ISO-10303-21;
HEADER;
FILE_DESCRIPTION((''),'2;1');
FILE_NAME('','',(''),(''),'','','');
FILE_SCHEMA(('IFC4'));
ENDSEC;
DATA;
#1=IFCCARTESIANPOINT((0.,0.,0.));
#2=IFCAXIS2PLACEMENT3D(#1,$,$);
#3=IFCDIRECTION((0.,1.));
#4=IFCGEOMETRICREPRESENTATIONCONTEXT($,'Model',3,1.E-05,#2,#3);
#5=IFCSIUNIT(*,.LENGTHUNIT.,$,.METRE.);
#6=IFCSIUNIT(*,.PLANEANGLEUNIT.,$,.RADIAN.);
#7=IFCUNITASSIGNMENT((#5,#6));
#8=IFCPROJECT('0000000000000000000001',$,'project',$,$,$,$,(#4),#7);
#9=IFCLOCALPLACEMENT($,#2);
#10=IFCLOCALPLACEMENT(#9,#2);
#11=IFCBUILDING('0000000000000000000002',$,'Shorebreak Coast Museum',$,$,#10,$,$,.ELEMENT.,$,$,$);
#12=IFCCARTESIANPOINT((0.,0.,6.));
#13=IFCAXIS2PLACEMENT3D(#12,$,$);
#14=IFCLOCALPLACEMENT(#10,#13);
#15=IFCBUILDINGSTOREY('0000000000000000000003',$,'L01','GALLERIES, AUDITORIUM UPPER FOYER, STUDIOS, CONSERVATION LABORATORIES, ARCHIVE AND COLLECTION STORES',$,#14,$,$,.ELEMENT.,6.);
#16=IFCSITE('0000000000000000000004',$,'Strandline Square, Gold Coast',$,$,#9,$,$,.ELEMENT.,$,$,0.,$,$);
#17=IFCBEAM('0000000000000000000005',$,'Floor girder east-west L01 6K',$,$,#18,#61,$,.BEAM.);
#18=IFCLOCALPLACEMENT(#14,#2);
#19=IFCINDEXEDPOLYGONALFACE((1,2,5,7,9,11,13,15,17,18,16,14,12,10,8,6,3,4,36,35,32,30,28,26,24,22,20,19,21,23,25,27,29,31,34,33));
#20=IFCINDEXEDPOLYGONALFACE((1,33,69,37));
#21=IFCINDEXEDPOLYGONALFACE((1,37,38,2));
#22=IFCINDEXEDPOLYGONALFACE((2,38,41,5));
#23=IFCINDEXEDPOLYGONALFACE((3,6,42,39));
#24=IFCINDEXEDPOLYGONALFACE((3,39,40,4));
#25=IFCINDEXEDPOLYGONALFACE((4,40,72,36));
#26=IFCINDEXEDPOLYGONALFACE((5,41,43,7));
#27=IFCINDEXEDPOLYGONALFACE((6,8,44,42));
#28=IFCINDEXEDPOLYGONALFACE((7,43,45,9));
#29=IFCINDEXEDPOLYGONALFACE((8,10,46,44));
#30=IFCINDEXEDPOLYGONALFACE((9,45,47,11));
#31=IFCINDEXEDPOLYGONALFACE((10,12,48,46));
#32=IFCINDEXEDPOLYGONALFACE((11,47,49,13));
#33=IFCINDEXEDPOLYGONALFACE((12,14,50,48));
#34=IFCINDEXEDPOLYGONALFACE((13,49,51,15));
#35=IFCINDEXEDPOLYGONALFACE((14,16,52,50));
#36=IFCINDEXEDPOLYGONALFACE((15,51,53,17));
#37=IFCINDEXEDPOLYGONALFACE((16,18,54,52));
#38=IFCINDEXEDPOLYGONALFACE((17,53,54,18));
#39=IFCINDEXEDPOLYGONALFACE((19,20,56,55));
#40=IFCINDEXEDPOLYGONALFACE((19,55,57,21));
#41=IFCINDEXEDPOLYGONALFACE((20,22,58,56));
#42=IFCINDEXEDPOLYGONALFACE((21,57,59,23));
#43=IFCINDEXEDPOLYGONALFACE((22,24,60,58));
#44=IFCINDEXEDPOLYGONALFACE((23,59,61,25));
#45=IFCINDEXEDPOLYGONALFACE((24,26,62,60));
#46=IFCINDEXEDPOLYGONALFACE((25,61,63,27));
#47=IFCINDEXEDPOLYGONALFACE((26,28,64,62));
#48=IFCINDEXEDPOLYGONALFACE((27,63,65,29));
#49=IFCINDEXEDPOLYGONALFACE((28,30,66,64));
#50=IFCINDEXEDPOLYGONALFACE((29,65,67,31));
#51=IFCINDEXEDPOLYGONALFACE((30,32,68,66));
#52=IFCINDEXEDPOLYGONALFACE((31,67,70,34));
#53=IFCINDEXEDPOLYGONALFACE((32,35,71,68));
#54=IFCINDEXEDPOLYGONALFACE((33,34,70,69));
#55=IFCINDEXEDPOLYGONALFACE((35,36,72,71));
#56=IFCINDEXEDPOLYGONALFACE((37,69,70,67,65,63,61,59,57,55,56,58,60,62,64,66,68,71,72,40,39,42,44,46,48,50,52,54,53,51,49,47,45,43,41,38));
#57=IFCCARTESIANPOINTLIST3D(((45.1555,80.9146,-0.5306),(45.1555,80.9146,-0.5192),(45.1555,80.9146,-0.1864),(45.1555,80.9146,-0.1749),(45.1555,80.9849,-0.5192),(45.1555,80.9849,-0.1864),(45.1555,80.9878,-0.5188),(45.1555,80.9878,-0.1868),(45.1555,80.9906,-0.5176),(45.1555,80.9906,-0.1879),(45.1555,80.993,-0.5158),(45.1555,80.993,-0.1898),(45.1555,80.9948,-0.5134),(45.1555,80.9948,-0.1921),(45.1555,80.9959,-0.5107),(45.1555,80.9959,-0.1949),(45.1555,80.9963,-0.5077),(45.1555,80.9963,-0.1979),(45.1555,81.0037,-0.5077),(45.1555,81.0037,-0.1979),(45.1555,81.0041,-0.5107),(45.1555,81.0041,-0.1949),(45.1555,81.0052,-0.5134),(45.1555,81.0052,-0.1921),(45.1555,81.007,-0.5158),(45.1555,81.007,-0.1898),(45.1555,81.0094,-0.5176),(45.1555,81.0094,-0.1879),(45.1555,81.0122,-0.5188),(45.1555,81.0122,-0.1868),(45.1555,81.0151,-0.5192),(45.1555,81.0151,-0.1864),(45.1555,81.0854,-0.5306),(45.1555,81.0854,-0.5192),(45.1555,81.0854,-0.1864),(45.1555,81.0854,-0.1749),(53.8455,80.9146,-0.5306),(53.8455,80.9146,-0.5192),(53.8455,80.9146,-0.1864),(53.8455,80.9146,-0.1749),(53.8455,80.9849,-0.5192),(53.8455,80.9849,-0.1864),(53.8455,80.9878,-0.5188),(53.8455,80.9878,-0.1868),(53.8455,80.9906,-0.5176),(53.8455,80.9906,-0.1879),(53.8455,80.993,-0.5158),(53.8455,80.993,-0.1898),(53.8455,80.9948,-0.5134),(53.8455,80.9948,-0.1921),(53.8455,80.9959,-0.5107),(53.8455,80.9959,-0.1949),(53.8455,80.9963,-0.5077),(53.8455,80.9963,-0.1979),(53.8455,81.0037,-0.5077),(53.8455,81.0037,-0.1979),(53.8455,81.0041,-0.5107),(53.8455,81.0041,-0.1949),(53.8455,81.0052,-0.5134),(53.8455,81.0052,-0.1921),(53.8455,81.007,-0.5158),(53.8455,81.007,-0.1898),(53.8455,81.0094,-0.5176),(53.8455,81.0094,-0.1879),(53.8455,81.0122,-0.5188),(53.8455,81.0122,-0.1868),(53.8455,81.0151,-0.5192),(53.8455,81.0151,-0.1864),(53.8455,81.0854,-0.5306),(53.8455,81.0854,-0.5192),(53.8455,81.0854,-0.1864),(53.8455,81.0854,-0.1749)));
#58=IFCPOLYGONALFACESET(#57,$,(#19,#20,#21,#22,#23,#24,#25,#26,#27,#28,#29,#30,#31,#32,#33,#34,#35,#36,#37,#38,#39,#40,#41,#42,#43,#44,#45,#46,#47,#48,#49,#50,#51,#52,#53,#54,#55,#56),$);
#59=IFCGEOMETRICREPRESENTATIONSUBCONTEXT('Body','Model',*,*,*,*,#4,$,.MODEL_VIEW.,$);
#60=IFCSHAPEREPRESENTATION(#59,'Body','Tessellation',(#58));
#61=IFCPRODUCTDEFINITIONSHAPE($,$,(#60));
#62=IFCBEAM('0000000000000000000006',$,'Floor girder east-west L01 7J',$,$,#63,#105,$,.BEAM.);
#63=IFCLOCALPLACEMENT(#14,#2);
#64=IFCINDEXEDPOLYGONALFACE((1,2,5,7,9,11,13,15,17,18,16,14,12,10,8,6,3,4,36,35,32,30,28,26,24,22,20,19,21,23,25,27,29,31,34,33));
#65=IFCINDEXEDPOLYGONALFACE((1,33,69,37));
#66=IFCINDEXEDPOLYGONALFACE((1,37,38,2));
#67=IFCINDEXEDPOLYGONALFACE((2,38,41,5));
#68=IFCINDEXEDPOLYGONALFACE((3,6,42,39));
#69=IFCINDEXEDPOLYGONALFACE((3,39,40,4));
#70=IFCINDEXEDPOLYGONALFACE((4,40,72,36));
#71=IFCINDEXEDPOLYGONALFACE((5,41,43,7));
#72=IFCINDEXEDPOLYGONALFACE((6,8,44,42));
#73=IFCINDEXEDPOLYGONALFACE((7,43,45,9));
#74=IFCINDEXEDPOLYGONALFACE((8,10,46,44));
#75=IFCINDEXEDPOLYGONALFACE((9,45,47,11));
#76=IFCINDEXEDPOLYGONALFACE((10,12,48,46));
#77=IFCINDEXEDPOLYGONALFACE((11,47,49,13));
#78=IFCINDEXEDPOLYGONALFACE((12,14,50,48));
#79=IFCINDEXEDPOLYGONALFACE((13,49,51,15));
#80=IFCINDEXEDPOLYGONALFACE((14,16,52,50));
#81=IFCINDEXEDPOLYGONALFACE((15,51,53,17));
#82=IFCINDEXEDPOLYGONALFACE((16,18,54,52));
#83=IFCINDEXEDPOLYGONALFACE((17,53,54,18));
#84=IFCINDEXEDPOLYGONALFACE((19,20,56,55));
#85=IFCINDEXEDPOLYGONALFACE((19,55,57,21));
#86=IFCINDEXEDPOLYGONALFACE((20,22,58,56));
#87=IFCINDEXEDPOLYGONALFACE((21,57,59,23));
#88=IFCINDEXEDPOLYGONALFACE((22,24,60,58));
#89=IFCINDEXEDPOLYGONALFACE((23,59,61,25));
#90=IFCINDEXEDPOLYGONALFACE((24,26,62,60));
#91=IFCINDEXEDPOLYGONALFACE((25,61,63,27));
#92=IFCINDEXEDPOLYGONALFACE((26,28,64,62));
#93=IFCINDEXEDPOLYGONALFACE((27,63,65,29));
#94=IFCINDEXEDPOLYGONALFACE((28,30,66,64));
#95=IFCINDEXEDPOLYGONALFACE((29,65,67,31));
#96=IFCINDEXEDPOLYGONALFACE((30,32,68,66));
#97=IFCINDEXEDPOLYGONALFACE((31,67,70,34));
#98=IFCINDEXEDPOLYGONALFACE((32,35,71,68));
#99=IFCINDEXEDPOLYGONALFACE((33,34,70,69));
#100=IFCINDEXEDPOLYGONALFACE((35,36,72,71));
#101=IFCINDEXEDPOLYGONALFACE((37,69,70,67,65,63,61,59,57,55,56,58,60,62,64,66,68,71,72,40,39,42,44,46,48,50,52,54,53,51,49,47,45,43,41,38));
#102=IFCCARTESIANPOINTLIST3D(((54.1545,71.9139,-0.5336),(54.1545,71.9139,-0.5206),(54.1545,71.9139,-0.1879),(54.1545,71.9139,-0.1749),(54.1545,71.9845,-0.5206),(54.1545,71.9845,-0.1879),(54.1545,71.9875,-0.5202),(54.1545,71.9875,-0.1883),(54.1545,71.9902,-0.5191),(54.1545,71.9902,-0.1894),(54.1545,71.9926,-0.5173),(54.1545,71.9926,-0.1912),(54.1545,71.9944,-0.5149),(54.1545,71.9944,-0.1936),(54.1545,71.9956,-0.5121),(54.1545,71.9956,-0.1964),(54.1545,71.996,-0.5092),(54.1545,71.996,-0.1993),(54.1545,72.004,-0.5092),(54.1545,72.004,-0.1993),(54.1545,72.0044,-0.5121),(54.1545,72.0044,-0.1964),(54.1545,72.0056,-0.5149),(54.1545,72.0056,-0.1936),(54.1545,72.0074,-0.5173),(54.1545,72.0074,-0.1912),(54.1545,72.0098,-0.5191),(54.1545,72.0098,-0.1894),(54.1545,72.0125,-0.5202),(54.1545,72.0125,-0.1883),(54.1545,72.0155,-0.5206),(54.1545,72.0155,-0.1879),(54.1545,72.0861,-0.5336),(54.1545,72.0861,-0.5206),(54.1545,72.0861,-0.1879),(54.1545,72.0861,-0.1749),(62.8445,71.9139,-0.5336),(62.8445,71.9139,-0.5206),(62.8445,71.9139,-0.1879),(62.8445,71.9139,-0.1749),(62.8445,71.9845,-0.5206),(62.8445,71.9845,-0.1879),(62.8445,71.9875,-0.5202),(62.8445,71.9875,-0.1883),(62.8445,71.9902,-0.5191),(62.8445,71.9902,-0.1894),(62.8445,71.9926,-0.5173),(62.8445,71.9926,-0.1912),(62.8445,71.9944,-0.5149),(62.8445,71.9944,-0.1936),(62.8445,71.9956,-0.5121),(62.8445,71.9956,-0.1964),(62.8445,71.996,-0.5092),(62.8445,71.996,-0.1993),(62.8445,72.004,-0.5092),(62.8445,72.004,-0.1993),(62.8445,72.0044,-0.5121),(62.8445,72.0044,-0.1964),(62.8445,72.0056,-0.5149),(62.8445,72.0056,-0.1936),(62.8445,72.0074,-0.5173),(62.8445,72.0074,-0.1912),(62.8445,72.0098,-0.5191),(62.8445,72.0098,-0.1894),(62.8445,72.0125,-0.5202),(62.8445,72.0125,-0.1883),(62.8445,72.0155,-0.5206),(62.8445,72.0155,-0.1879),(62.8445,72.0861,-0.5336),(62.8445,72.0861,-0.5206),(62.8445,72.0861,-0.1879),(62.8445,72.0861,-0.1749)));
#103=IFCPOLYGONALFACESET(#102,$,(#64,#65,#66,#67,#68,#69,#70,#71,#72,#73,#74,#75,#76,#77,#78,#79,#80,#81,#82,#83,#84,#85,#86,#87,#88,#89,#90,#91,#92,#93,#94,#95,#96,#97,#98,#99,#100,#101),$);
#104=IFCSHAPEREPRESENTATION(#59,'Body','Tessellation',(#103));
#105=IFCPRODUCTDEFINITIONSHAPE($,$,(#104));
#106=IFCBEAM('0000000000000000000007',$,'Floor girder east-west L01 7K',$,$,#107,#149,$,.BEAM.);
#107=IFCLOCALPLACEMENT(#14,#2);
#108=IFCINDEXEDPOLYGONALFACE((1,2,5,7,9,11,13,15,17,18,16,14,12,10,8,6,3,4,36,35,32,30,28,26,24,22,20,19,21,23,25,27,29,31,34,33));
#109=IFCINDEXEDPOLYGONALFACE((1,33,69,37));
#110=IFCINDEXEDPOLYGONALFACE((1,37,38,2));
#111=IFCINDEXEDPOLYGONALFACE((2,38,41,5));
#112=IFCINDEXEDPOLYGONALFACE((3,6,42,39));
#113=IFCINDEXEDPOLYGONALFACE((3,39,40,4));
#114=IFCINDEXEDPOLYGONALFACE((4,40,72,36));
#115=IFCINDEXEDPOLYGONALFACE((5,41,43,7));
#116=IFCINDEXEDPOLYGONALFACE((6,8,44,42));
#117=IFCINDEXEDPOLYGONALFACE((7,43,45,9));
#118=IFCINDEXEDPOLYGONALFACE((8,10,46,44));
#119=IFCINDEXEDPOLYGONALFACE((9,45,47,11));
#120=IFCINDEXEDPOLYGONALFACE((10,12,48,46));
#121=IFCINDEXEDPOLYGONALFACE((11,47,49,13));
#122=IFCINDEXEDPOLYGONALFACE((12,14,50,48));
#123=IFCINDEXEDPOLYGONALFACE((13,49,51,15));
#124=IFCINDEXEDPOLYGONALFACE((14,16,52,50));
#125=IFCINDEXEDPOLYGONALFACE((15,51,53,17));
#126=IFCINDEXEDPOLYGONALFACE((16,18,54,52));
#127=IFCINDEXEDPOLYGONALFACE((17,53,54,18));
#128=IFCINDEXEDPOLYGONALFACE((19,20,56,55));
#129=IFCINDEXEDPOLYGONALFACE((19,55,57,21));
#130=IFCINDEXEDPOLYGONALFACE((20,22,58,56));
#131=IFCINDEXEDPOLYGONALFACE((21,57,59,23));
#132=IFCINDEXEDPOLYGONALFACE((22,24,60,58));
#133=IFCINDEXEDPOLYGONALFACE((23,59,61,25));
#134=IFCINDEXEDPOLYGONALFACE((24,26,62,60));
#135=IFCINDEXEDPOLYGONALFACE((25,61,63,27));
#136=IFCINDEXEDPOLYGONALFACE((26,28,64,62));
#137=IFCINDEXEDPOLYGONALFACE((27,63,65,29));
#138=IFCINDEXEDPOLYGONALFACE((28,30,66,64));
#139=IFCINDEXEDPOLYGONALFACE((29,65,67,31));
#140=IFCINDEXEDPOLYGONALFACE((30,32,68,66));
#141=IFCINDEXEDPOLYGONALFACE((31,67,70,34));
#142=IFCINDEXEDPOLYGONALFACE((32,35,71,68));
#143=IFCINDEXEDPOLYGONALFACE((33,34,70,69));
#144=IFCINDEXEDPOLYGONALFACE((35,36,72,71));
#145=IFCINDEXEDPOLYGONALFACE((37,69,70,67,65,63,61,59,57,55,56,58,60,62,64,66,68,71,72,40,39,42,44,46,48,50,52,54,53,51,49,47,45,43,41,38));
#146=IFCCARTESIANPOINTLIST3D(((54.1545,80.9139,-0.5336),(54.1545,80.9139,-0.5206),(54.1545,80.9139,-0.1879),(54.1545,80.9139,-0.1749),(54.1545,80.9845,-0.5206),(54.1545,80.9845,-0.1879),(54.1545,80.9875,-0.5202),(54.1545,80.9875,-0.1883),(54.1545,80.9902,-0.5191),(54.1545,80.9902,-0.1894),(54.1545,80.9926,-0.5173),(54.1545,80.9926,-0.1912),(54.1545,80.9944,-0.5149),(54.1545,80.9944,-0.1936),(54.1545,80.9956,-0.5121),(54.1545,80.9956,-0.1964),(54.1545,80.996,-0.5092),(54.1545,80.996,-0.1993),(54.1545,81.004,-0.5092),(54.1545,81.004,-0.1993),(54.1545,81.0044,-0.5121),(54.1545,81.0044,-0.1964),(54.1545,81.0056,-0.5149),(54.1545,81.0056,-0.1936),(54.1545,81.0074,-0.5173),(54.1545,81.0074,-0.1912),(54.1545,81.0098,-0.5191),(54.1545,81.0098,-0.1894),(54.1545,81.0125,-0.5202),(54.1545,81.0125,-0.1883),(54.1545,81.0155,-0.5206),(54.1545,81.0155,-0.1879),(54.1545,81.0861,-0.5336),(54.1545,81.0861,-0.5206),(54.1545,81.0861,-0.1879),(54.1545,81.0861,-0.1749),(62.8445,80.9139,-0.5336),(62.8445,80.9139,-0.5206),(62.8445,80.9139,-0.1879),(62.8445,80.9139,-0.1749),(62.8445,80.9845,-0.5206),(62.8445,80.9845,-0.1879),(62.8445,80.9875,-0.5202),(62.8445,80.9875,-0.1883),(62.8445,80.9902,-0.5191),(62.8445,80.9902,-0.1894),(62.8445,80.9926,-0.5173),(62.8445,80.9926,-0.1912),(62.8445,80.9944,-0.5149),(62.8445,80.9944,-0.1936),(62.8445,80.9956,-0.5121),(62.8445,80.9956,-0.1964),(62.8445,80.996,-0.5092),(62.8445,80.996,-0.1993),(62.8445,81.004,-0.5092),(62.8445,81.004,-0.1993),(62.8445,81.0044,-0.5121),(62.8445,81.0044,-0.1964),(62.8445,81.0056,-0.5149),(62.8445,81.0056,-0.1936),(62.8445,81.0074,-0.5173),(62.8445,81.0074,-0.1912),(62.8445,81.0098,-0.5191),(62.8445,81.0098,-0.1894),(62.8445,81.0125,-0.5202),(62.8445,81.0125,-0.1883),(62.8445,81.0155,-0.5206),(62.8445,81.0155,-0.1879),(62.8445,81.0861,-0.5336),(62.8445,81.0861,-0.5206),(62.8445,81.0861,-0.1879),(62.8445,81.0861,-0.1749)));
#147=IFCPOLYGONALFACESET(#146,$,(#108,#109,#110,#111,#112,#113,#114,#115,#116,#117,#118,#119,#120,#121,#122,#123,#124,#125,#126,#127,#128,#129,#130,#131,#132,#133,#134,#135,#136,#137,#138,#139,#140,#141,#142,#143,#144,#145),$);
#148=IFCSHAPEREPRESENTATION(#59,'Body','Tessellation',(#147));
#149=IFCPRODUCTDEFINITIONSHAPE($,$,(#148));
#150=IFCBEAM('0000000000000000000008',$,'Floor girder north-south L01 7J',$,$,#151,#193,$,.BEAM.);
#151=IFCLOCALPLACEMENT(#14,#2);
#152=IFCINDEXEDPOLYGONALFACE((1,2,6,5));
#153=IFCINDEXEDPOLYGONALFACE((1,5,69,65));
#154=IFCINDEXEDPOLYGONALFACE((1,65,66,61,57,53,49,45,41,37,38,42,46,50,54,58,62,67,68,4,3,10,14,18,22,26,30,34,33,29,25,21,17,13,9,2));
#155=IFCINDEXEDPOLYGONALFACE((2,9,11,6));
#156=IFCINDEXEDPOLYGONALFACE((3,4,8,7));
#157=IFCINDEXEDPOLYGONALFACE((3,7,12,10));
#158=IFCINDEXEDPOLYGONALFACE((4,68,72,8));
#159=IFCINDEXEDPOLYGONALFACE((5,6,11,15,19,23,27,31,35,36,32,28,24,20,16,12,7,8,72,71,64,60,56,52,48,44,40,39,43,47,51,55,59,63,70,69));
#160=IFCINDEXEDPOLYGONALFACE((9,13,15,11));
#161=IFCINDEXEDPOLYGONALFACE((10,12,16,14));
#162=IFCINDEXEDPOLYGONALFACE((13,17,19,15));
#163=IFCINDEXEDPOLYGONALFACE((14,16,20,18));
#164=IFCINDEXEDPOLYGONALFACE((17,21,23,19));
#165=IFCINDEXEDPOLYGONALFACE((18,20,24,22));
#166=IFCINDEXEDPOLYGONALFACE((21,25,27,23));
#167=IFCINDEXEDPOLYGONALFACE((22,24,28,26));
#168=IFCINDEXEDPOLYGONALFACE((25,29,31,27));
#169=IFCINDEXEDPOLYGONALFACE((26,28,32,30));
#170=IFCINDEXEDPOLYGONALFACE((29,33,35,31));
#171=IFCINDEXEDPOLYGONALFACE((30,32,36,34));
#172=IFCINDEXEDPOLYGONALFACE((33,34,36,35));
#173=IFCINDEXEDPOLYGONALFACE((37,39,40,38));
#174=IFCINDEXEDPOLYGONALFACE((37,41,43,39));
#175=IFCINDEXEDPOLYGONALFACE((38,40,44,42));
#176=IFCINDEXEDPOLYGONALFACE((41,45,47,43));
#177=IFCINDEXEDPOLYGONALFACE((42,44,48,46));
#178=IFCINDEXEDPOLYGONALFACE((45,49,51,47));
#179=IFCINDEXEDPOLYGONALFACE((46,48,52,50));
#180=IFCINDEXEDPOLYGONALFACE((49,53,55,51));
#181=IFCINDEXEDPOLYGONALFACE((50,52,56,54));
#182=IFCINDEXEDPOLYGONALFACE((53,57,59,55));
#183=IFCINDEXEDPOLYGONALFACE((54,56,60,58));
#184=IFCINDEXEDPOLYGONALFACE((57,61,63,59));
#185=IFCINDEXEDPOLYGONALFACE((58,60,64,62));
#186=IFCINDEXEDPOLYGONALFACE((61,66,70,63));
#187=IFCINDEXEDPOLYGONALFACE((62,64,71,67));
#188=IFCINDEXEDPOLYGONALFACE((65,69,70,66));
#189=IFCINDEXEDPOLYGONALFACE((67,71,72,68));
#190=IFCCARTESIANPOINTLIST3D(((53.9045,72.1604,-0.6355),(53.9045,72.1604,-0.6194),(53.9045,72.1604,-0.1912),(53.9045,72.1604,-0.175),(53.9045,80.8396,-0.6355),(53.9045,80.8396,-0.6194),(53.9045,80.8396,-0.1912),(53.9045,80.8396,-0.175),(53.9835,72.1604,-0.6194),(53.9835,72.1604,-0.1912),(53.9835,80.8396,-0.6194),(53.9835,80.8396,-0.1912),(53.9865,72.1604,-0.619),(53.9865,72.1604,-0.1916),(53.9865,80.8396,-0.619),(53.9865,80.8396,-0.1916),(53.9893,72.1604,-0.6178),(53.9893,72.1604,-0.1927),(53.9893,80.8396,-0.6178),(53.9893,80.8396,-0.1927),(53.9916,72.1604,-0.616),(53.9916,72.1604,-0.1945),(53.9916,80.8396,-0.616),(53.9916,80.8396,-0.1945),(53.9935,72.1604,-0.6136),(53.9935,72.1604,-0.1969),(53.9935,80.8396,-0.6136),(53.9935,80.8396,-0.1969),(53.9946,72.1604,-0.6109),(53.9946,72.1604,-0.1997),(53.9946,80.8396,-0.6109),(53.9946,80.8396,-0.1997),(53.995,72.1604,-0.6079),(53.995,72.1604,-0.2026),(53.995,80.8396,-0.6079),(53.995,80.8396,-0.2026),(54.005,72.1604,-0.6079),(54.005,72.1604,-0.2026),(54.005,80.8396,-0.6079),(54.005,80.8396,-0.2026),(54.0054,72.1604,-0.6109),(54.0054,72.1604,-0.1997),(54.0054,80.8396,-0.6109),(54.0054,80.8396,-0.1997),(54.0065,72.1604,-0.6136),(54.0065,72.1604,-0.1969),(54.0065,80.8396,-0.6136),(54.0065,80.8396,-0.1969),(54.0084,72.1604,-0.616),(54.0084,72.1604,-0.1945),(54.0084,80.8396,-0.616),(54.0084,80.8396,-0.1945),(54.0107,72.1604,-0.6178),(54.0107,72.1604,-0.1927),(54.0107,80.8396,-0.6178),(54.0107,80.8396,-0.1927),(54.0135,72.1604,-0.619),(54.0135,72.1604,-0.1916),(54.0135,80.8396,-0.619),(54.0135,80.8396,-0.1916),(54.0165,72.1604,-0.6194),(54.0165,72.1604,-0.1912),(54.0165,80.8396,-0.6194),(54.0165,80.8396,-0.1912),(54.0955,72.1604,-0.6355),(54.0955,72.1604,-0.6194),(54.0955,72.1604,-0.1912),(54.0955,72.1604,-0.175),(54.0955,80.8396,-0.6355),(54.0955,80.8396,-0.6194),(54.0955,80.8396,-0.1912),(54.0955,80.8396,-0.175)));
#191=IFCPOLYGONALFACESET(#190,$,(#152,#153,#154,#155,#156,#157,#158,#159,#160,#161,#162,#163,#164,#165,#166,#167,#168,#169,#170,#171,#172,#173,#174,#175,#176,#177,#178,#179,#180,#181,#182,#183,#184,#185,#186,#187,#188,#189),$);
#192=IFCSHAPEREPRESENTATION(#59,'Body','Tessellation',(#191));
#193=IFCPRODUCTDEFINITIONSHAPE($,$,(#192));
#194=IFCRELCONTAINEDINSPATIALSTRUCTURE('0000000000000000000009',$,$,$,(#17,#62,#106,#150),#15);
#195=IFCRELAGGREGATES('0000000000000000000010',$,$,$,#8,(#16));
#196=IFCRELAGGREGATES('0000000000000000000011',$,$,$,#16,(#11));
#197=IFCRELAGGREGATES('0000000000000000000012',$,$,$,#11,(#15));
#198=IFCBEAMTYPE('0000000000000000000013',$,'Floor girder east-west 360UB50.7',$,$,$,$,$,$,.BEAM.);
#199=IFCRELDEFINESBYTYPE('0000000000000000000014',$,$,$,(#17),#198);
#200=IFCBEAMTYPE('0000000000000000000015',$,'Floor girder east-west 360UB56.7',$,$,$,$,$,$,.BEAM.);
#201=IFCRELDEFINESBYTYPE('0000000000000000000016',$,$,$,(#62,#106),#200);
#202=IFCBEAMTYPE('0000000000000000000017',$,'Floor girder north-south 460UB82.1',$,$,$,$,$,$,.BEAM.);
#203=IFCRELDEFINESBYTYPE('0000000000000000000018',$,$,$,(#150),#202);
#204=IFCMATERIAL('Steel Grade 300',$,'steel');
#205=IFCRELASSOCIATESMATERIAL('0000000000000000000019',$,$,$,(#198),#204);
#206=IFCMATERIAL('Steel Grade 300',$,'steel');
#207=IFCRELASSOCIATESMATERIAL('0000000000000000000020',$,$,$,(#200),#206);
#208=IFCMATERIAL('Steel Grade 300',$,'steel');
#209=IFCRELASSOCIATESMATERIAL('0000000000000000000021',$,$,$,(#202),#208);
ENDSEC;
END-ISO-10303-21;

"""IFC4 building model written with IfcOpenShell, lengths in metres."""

from ifc_helpers import new_model, si_unit, direction, frame, origin, origin_2d, place, context, subcontext, project, spatial, i_section, extrude, material, material_profile, profile_set, type_object, element, save


model = new_model("IFC4")

# Units and contexts
model_context = context("Model", 3, precision=1e-05, world=origin(), true_north=direction((0.0, 1.0)))
body_context = subcontext(model_context, "Body", "Model", "MODEL_VIEW")
ifc_project = project(units=[si_unit("LENGTHUNIT", "METRE"), si_unit("PLANEANGLEUNIT", "RADIAN")], contexts=[model_context])

# Site, building, storey
site_placement = place(None, origin())
site = spatial("IfcSite", under=ifc_project, at=site_placement, Name="Strandline Square, Gold Coast", CompositionType="ELEMENT", RefElevation=0.0)
building_placement = place(site_placement, origin())
building = spatial("IfcBuilding", under=site, at=building_placement, Name="Shorebreak Coast Museum", CompositionType="ELEMENT")
storey_placement = place(building_placement, frame((0.0, 0.0, 6.0)))
storey = spatial("IfcBuildingStorey", under=building, at=storey_placement, Name="L01", Description="GALLERIES, AUDITORIUM UPPER FOYER, STUDIOS, CONSERVATION LABORATORIES, ARCHIVE AND COLLECTION STORES", CompositionType="ELEMENT", Elevation=6.0)

# Beams
ifc_material_1 = material(Name="Steel Grade 300", Category="steel")
ifc_material_profile_1 = material_profile(ifc_material_1, i_section(OverallWidth=0.1709, OverallDepth=0.3557, WebThickness=0.0073, FlangeThickness=0.0115, FilletRadius=0.0115, at=origin_2d()), Name="360UB50.7")
ifc_profile_set_1 = profile_set([ifc_material_profile_1], Name="Steel Grade 300")
beam_type_1 = type_object("IfcBeamType", Name="Floor girder east-west 360UB50.7", PredefinedType="BEAM", material=ifc_profile_set_1)
for number, where, z_axis, x_axis, name in (
    (1, (45.1555, 81.0, -0.3528), (1.0, 0.0, 0.0), (0.0, 1.0, 0.0), "Floor girder east-west L01 6K"),
):
    element("IfcBeam", number, at=place(storey_placement, frame(where, z_axis=z_axis, x_axis=x_axis)), inside=storey, type_object=beam_type_1, Name=name, PredefinedType="BEAM", context=body_context, shape_type="SweptSolid", body=[
        extrude(i_section(OverallWidth=0.1709, OverallDepth=0.3557, WebThickness=0.0073, FlangeThickness=0.0115, FilletRadius=0.0115, at=origin_2d()), origin(), (0.0, 0.0, 1.0), 8.6899),
    ])
ifc_material_2 = material(Name="Steel Grade 300", Category="steel")
ifc_material_profile_2 = material_profile(ifc_material_2, i_section(OverallWidth=0.1721, OverallDepth=0.3586, WebThickness=0.0081, FlangeThickness=0.0129, FilletRadius=0.0115, at=origin_2d()), Name="360UB56.7")
ifc_profile_set_2 = profile_set([ifc_material_profile_2], Name="Steel Grade 300")
beam_type_2 = type_object("IfcBeamType", Name="Floor girder east-west 360UB56.7", PredefinedType="BEAM", material=ifc_profile_set_2)
for number, where, z_axis, x_axis, name in (
    (2, (54.1545, 72.0, -0.3542), (1.0, 0.0, 0.0), (0.0, 1.0, 0.0), "Floor girder east-west L01 7J"),
    (3, (54.1545, 81.0, -0.3542), (1.0, 0.0, 0.0), (0.0, 1.0, 0.0), "Floor girder east-west L01 7K"),
):
    element("IfcBeam", number, at=place(storey_placement, frame(where, z_axis=z_axis, x_axis=x_axis)), inside=storey, type_object=beam_type_2, Name=name, PredefinedType="BEAM", context=body_context, shape_type="SweptSolid", body=[
        extrude(i_section(OverallWidth=0.1721, OverallDepth=0.3586, WebThickness=0.0081, FlangeThickness=0.0129, FilletRadius=0.0115, at=origin_2d()), origin(), (0.0, 0.0, 1.0), 8.6899),
    ])
ifc_material_3 = material(Name="Steel Grade 300", Category="steel")
ifc_material_profile_3 = material_profile(ifc_material_3, i_section(OverallWidth=0.1909, OverallDepth=0.4604, WebThickness=0.01, FlangeThickness=0.0161, FilletRadius=0.0115, at=origin_2d()), Name="460UB82.1")
ifc_profile_set_3 = profile_set([ifc_material_profile_3], Name="Steel Grade 300")
beam_type_3 = type_object("IfcBeamType", Name="Floor girder north-south 460UB82.1", PredefinedType="BEAM", material=ifc_profile_set_3)
beam_1_placement = place(storey_placement, frame((54.0, 72.1604, -0.4053), z_axis=(0.0, 1.0, 0.0), x_axis=(-1.0, 0.0, 0.0)))
element("IfcBeam", 4, at=beam_1_placement, inside=storey, type_object=beam_type_3, Name="Floor girder north-south L01 7J", PredefinedType="BEAM", context=body_context, shape_type="SweptSolid", body=[
    extrude(i_section(OverallWidth=0.1909, OverallDepth=0.4604, WebThickness=0.01, FlangeThickness=0.0161, FilletRadius=0.0115, at=origin_2d()), origin(), (0.0, 0.0, 1.0), 8.6792),
])

save(model, "model.ifc")
